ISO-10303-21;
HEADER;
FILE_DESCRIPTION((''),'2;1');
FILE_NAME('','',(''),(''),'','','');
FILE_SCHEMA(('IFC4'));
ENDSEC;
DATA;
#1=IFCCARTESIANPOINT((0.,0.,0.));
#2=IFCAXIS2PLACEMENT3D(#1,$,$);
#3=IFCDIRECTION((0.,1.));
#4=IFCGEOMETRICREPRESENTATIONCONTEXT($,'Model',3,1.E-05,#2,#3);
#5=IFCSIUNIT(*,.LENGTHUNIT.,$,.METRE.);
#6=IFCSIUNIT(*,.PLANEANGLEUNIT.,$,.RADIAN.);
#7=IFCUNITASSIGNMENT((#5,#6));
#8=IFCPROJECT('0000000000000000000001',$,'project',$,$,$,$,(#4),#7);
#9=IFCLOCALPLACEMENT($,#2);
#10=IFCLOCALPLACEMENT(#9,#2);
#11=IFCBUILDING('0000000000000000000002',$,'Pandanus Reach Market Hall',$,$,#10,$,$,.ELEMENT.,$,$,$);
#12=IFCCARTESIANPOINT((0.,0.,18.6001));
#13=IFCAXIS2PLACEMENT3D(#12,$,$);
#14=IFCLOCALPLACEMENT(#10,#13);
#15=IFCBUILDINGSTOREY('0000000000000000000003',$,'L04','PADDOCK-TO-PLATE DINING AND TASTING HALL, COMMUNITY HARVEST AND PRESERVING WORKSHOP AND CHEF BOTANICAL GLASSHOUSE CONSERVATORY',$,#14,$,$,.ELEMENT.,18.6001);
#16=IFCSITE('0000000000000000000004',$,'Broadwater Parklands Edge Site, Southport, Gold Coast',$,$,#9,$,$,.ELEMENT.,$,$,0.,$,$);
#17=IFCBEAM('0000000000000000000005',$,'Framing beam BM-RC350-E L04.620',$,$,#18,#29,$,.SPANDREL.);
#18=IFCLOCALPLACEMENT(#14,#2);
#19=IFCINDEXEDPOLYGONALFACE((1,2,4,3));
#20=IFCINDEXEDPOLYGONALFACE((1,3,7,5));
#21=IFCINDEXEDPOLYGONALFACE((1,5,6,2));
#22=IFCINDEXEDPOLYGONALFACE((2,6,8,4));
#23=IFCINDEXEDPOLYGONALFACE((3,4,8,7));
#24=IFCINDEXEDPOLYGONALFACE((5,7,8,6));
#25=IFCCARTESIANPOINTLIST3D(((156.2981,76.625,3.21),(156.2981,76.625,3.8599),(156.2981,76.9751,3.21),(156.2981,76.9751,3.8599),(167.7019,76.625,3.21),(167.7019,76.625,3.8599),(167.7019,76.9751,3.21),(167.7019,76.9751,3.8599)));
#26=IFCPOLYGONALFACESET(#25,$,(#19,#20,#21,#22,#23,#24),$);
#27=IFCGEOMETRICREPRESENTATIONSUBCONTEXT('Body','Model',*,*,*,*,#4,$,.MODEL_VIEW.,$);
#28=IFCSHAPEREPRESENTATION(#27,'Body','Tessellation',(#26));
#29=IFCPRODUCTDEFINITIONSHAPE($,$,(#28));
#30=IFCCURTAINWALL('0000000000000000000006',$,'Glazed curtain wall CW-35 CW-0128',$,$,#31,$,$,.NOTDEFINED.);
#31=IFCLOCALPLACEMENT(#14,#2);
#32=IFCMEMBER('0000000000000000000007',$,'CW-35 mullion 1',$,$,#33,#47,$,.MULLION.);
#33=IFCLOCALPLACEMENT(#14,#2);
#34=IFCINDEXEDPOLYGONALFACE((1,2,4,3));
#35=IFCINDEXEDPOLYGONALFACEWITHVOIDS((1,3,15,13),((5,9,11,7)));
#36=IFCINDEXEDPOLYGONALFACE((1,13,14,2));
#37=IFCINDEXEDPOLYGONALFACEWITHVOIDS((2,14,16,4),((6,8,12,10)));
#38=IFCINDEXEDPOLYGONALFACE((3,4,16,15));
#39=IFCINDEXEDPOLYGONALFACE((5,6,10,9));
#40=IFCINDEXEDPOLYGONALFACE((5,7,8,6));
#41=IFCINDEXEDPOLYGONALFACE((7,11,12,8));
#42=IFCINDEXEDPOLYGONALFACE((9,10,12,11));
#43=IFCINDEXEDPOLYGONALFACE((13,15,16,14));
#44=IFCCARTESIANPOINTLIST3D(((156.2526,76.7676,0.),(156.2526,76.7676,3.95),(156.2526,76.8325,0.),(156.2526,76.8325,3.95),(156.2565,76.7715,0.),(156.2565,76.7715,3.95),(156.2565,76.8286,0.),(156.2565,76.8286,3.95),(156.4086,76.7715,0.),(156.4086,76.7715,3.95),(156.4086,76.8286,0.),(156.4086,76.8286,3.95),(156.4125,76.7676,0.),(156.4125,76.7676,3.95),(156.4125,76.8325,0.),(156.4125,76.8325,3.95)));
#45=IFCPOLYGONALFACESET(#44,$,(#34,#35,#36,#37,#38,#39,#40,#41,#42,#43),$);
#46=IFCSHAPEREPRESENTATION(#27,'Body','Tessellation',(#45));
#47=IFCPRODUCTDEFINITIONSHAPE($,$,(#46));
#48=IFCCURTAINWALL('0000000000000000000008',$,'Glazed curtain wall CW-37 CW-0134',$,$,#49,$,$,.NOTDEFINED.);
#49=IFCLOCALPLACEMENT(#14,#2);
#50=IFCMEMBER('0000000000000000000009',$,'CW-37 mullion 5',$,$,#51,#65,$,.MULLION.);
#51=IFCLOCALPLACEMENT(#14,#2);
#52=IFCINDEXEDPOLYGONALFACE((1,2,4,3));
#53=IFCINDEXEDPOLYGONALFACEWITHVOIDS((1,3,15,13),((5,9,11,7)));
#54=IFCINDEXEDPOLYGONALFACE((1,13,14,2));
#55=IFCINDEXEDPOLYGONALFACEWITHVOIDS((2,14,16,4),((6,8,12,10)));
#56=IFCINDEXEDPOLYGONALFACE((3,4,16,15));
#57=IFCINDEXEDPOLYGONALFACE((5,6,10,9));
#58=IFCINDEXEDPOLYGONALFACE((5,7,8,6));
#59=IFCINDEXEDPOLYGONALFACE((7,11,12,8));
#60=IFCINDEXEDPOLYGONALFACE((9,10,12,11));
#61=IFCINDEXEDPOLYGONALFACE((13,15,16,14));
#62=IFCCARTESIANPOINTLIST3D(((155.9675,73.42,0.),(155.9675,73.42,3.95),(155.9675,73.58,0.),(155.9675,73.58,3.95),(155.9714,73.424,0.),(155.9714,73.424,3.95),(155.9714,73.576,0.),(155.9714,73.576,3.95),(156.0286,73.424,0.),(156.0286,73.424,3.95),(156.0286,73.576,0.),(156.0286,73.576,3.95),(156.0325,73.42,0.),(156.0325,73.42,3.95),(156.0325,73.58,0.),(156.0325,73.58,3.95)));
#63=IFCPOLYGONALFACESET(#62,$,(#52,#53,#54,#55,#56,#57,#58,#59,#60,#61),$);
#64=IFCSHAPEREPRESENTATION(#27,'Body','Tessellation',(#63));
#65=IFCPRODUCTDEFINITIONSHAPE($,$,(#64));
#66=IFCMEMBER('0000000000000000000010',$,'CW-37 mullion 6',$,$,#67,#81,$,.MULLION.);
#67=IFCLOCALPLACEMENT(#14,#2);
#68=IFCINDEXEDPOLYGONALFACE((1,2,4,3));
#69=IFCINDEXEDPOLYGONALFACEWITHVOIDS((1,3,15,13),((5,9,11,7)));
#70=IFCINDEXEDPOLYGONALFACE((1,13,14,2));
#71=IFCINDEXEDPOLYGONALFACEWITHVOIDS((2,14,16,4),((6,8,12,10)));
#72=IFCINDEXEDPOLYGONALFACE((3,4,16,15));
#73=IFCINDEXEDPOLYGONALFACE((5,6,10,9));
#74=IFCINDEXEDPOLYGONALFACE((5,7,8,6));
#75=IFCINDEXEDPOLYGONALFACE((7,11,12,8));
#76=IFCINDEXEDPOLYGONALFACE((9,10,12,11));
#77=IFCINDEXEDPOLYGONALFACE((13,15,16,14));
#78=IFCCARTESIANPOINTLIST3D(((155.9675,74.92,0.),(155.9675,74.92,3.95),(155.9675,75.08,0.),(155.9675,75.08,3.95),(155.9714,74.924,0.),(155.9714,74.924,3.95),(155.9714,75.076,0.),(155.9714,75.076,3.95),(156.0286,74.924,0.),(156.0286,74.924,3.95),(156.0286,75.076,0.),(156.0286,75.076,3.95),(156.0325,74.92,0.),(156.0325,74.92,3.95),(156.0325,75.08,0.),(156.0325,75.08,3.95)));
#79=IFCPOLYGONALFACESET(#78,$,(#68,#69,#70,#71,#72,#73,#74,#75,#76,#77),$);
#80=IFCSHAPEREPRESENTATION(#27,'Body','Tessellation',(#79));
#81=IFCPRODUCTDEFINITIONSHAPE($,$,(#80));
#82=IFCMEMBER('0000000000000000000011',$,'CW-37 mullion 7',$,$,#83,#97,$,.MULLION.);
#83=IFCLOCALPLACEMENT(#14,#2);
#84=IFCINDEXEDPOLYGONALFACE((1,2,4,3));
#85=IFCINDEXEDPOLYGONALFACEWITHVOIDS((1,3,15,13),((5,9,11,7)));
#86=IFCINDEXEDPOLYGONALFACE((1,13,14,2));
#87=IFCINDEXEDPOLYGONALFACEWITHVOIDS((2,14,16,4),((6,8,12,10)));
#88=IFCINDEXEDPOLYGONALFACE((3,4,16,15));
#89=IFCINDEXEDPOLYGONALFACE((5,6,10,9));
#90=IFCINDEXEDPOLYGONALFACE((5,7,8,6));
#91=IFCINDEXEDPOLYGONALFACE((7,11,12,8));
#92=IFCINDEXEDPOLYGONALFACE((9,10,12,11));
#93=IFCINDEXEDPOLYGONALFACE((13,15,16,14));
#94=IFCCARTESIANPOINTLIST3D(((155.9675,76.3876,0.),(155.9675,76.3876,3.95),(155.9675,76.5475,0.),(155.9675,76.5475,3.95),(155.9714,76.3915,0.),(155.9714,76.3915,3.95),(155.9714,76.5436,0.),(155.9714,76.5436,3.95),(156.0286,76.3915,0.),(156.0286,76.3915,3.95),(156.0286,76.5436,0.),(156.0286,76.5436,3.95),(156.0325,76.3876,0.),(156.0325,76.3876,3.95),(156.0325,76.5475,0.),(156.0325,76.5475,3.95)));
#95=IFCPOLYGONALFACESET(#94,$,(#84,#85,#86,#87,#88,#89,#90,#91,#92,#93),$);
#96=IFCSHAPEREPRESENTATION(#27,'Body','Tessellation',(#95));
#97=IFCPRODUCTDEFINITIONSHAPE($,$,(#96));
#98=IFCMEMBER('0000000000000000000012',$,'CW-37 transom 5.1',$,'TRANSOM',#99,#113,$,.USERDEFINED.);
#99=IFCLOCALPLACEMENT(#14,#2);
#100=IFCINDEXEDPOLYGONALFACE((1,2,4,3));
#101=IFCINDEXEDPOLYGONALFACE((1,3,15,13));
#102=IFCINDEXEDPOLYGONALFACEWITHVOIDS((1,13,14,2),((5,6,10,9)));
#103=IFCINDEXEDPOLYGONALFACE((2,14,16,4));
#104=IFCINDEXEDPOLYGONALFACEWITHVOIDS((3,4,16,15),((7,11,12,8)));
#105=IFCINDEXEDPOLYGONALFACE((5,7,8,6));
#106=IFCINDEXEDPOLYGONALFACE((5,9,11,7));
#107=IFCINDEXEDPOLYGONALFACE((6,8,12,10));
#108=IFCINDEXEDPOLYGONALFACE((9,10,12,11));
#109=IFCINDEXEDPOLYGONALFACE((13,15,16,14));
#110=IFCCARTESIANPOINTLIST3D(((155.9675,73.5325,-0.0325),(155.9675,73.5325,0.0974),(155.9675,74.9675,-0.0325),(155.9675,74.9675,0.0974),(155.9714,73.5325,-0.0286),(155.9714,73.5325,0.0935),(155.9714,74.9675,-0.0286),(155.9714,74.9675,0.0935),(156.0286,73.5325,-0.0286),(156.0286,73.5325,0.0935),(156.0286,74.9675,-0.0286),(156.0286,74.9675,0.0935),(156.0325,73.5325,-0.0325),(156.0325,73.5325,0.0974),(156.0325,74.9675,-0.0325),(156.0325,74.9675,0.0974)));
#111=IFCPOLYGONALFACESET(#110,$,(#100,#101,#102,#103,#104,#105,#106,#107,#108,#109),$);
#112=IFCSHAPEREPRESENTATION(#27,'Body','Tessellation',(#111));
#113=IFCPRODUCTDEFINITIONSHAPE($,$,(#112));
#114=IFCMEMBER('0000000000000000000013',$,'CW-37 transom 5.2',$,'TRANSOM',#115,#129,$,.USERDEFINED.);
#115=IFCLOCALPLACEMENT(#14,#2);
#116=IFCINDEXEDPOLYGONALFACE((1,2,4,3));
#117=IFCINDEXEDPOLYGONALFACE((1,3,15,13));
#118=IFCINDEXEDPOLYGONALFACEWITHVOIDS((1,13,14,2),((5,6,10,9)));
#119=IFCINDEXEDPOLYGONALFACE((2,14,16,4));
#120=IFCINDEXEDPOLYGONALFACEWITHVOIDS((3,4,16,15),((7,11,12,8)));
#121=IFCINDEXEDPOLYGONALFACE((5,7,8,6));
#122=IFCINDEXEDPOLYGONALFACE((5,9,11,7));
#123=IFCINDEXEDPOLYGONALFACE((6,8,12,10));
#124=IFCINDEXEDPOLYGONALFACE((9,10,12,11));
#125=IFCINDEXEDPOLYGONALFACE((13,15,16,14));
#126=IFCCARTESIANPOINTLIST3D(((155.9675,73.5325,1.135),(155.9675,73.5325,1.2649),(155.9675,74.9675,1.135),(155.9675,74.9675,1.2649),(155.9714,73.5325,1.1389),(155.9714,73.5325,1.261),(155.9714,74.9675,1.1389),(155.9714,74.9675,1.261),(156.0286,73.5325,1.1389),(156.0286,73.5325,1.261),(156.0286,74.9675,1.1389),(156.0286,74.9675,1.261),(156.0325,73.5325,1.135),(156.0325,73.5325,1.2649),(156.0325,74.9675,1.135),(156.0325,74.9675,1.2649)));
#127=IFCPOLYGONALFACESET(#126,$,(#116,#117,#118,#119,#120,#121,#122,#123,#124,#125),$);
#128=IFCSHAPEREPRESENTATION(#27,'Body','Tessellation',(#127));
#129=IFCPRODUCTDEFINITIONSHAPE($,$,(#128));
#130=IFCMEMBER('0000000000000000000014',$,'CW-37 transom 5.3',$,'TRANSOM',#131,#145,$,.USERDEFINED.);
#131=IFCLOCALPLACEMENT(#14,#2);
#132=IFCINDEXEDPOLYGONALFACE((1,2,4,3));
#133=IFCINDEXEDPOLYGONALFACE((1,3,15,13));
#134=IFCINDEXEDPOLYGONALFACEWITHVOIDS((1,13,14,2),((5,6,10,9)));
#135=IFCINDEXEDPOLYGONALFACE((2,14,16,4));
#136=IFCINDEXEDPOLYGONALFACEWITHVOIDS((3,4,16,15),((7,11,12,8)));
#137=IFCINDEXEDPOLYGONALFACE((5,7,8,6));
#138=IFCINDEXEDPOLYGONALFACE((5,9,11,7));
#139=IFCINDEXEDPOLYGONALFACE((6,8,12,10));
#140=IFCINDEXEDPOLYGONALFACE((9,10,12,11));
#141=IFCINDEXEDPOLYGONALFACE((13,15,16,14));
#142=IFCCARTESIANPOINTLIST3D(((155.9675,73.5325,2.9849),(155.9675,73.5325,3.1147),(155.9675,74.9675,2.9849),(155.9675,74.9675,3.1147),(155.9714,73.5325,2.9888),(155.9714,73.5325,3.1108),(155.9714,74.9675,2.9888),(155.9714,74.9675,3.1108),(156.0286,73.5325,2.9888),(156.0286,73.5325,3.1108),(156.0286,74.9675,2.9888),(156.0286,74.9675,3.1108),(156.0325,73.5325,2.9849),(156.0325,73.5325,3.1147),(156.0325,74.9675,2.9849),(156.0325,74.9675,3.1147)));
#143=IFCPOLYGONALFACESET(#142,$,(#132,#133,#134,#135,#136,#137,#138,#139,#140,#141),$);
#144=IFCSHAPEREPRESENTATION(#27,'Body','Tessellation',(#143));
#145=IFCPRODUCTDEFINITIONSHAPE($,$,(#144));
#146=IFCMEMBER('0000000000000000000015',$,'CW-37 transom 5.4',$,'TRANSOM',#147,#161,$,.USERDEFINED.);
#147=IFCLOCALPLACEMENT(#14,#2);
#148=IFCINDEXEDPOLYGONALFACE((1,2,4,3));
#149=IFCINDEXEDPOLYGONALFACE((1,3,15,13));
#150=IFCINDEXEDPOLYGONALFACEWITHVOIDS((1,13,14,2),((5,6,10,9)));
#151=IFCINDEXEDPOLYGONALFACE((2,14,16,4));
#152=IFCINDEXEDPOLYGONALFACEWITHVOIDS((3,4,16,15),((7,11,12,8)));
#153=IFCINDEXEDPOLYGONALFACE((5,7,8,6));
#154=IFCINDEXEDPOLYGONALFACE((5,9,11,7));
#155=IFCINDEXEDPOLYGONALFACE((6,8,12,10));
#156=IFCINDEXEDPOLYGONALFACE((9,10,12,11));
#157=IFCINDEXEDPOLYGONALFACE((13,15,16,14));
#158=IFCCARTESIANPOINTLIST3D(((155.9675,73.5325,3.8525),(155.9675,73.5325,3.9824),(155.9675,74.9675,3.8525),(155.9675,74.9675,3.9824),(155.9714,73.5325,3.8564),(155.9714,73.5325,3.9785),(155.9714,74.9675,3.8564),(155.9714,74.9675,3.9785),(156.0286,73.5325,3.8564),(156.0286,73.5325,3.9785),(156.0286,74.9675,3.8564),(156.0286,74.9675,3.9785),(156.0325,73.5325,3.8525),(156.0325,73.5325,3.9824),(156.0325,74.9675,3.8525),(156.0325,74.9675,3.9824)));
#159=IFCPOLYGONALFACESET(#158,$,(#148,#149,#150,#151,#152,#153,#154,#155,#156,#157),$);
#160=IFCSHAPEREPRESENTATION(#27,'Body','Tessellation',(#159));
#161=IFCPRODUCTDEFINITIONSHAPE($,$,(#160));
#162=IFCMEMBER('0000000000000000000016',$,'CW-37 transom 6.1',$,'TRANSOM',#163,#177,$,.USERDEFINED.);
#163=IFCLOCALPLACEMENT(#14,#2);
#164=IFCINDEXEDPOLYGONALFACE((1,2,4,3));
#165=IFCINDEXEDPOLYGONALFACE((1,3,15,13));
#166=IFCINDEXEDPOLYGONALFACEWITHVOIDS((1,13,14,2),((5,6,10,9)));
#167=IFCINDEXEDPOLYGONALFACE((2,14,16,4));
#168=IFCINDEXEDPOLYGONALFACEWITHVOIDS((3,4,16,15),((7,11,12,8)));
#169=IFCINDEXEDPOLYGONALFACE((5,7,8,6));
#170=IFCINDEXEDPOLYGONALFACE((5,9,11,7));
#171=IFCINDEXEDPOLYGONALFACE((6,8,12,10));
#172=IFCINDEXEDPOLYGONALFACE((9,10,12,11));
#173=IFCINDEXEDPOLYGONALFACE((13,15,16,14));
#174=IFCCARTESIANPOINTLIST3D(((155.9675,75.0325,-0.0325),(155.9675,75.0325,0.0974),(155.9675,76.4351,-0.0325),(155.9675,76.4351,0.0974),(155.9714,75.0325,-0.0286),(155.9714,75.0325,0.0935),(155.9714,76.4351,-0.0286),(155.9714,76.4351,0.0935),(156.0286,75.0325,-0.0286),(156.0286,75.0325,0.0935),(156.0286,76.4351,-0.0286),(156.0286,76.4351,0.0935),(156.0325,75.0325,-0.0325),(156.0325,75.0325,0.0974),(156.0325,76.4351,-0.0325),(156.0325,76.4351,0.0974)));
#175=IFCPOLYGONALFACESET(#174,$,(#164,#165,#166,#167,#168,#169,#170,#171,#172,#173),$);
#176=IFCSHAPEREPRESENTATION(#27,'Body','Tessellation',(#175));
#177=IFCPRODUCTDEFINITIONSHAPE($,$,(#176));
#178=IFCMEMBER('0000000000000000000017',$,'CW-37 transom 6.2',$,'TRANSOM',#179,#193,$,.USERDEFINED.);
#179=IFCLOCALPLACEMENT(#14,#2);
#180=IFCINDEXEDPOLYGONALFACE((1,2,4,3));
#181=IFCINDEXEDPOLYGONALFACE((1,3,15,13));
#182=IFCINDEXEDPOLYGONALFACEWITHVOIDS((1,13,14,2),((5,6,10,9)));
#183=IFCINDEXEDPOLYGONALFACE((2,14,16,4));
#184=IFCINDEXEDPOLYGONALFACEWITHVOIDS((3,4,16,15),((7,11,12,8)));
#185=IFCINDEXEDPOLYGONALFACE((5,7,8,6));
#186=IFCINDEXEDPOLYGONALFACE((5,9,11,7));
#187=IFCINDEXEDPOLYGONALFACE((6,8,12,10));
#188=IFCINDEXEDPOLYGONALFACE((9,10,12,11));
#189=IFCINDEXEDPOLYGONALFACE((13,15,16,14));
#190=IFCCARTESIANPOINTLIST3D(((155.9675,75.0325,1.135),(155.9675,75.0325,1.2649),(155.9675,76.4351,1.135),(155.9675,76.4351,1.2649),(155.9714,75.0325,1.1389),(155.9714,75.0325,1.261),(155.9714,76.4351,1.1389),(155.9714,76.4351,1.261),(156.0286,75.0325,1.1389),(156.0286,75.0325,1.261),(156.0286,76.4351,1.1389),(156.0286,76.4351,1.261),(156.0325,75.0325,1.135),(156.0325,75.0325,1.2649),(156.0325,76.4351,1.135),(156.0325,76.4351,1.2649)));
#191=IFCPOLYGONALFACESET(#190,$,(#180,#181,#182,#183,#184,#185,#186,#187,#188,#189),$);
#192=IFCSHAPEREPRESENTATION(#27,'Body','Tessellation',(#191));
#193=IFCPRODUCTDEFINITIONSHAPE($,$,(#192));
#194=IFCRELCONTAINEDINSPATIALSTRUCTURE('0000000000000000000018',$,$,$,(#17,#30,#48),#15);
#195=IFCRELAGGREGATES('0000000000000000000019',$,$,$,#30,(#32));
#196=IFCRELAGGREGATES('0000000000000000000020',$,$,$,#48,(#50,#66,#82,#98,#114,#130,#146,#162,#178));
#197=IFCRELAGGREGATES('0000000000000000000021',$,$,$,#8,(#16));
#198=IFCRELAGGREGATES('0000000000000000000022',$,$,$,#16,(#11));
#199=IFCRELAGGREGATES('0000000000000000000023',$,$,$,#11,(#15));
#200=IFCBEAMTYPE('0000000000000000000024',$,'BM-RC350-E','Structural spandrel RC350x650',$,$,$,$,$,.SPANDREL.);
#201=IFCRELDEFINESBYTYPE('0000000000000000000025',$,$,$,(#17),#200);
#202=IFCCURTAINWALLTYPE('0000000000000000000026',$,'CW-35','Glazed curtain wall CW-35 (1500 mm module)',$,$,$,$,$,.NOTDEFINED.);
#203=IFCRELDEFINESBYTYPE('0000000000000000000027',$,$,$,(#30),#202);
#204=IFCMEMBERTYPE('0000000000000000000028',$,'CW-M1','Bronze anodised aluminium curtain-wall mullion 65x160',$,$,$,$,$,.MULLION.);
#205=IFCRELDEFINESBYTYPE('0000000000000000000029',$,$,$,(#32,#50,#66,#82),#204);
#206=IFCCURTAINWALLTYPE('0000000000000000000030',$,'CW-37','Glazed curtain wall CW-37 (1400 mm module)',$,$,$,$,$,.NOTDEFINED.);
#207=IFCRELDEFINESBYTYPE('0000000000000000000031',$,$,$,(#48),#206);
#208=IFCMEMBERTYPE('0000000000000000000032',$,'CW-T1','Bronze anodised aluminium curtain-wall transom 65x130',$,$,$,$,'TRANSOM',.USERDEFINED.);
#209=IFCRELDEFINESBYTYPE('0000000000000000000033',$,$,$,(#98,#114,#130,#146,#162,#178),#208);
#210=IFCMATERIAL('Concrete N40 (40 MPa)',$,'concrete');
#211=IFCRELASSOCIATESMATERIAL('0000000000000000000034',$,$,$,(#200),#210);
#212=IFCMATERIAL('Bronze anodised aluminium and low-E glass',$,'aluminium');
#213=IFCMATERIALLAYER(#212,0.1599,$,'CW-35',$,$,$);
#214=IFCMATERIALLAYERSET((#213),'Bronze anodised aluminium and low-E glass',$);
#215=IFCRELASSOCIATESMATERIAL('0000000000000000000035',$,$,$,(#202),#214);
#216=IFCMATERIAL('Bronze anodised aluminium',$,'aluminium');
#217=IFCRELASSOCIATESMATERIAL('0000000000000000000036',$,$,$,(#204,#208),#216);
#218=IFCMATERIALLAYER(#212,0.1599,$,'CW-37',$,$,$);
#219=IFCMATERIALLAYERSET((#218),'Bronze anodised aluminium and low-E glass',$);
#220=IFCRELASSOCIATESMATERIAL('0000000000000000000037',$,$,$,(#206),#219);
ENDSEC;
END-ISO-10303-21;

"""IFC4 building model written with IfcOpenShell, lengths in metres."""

from ifc_helpers import new_model, si_unit, direction, frame, origin, origin_2d, place, context, subcontext, project, spatial, rectangle, hollow_rectangle, extrude, material, layer, layer_set, material_profile, profile_set, type_object, element, aggregate, save


model = new_model("IFC4")

# Units and contexts
model_context = context("Model", 3, precision=1e-05, world=origin(), true_north=direction((0.0, 1.0)))
body_context = subcontext(model_context, "Body", "Model", "MODEL_VIEW")
ifc_project = project(units=[si_unit("LENGTHUNIT", "METRE"), si_unit("PLANEANGLEUNIT", "RADIAN")], contexts=[model_context])

# Site, building, storey
site_placement = place(None, origin())
site = spatial("IfcSite", under=ifc_project, at=site_placement, Name="Broadwater Parklands Edge Site, Southport, Gold Coast", CompositionType="ELEMENT", RefElevation=0.0)
building_placement = place(site_placement, origin())
building = spatial("IfcBuilding", under=site, at=building_placement, Name="Pandanus Reach Market Hall", CompositionType="ELEMENT")
storey_placement = place(building_placement, frame((0.0, 0.0, 18.6001)))
storey = spatial("IfcBuildingStorey", under=building, at=storey_placement, Name="L04", Description="PADDOCK-TO-PLATE DINING AND TASTING HALL, COMMUNITY HARVEST AND PRESERVING WORKSHOP AND CHEF BOTANICAL GLASSHOUSE CONSERVATORY", CompositionType="ELEMENT", Elevation=18.6001)

# Beam
ifc_material_1 = material(Name="Concrete N40 (40 MPa)", Category="concrete")
ifc_material_profile_1 = material_profile(ifc_material_1, rectangle(XDim=0.3501, YDim=0.6499, at=origin_2d()), Name="RC350x650", Category="LoadBearing")
ifc_profile_set_1 = profile_set([ifc_material_profile_1], Name="Concrete N40 (40 MPa)")
beam_type = type_object("IfcBeamType", Name="BM-RC350-E", Description="Structural spandrel RC350x650", PredefinedType="SPANDREL", material=ifc_profile_set_1)
beam_placement = place(storey_placement, frame((156.2981, 76.8, 3.5349), z_axis=(1.0, 0.0, 0.0), x_axis=(0.0, 1.0, 0.0)))
element("IfcBeam", 1, at=beam_placement, inside=storey, type_object=beam_type, Name="Framing beam BM-RC350-E L04.620", PredefinedType="SPANDREL", context=body_context, shape_type="SweptSolid", body=[
    extrude(rectangle(XDim=0.3501, YDim=0.6499, at=origin_2d()), origin(), (0.0, 0.0, 1.0), 11.4038),
])

# Curtain wall, member
ifc_material_2 = material(Name="Bronze anodised aluminium and low-E glass", Category="aluminium")
ifc_layer_1 = layer(ifc_material_2, 0.1599, Name="CW-35")
ifc_layer_set_1 = layer_set([ifc_layer_1], Name="Bronze anodised aluminium and low-E glass")
curtain_wall_type_1 = type_object("IfcCurtainWallType", Name="CW-35", Description="Glazed curtain wall CW-35 (1500 mm module)", PredefinedType="NOTDEFINED", material=ifc_layer_set_1)
curtain_wall_1_placement = place(storey_placement, origin())
curtain_wall_1 = element("IfcCurtainWall", 2, at=curtain_wall_1_placement, inside=storey, type_object=curtain_wall_type_1, Name="Glazed curtain wall CW-35 CW-0128", PredefinedType="NOTDEFINED")
ifc_material_3 = material(Name="Bronze anodised aluminium", Category="aluminium")
ifc_material_profile_2 = material_profile(ifc_material_3, hollow_rectangle(XDim=0.0649, YDim=0.1599, WallThickness=0.0039, at=origin_2d()), Name="ALU65x160", Category="LoadBearing")
ifc_profile_set_2 = profile_set([ifc_material_profile_2], Name="Bronze anodised aluminium")
member_type_1 = type_object("IfcMemberType", Name="CW-M1", Description="Bronze anodised aluminium curtain-wall mullion 65x160", PredefinedType="MULLION", material=ifc_profile_set_2)
member_1_placement = place(storey_placement, frame((156.3325, 76.8, 0.0), z_axis=(0.0, 0.0, 1.0), x_axis=(0.0, 1.0, 0.0)))
member_1 = element("IfcMember", 3, at=member_1_placement, type_object=member_type_1, Name="CW-35 mullion 1", PredefinedType="MULLION", context=body_context, shape_type="SweptSolid", body=[
    extrude(hollow_rectangle(XDim=0.0649, YDim=0.1599, WallThickness=0.0039, at=origin_2d()), origin(), (0.0, 0.0, 1.0), 3.95),
])
aggregate(curtain_wall_1, [member_1])

# Curtain wall, members
ifc_layer_2 = layer(ifc_material_2, 0.1599, Name="CW-37")
ifc_layer_set_2 = layer_set([ifc_layer_2], Name="Bronze anodised aluminium and low-E glass")
curtain_wall_type_2 = type_object("IfcCurtainWallType", Name="CW-37", Description="Glazed curtain wall CW-37 (1400 mm module)", PredefinedType="NOTDEFINED", material=ifc_layer_set_2)
curtain_wall_2_placement = place(storey_placement, origin())
curtain_wall_2 = element("IfcCurtainWall", 4, at=curtain_wall_2_placement, inside=storey, type_object=curtain_wall_type_2, Name="Glazed curtain wall CW-37 CW-0134", PredefinedType="NOTDEFINED")
member_2_placement = place(storey_placement, frame((156.0, 73.5, 0.0), z_axis=(0.0, 0.0, 1.0), x_axis=(-1.0, 0.0, 0.0)))
member_2 = element("IfcMember", 5, at=member_2_placement, type_object=member_type_1, Name="CW-37 mullion 5", PredefinedType="MULLION", context=body_context, shape_type="SweptSolid", body=[
    extrude(hollow_rectangle(XDim=0.0649, YDim=0.1599, WallThickness=0.0039, at=origin_2d()), origin(), (0.0, 0.0, 1.0), 3.95),
])
member_3_placement = place(storey_placement, frame((156.0, 75.0, 0.0), z_axis=(0.0, 0.0, 1.0), x_axis=(-1.0, 0.0, 0.0)))
member_3 = element("IfcMember", 6, at=member_3_placement, type_object=member_type_1, Name="CW-37 mullion 6", PredefinedType="MULLION", context=body_context, shape_type="SweptSolid", body=[
    extrude(hollow_rectangle(XDim=0.0649, YDim=0.1599, WallThickness=0.0039, at=origin_2d()), origin(), (0.0, 0.0, 1.0), 3.95),
])
member_4_placement = place(storey_placement, frame((156.0, 76.4675, 0.0), z_axis=(0.0, 0.0, 1.0), x_axis=(-1.0, 0.0, 0.0)))
member_4 = element("IfcMember", 7, at=member_4_placement, type_object=member_type_1, Name="CW-37 mullion 7", PredefinedType="MULLION", context=body_context, shape_type="SweptSolid", body=[
    extrude(hollow_rectangle(XDim=0.0649, YDim=0.1599, WallThickness=0.0039, at=origin_2d()), origin(), (0.0, 0.0, 1.0), 3.95),
])
ifc_material_profile_3 = material_profile(ifc_material_3, hollow_rectangle(XDim=0.0649, YDim=0.1299, WallThickness=0.0039, at=origin_2d()), Name="ALU65x130", Category="LoadBearing")
ifc_profile_set_3 = profile_set([ifc_material_profile_3], Name="Bronze anodised aluminium")
member_type_2 = type_object("IfcMemberType", Name="CW-T1", Description="Bronze anodised aluminium curtain-wall transom 65x130", ElementType="TRANSOM", PredefinedType="USERDEFINED", material=ifc_profile_set_3)
member_5_placement = place(storey_placement, frame((156.0, 73.5325, 0.0325), z_axis=(0.0, 1.0, 0.0), x_axis=(-1.0, 0.0, 0.0)))
member_5 = element("IfcMember", 8, at=member_5_placement, type_object=member_type_2, Name="CW-37 transom 5.1", ObjectType="TRANSOM", PredefinedType="USERDEFINED", context=body_context, shape_type="SweptSolid", body=[
    extrude(hollow_rectangle(XDim=0.0649, YDim=0.1299, WallThickness=0.0039, at=origin_2d()), origin(), (0.0, 0.0, 1.0), 1.4351),
])
member_6_placement = place(storey_placement, frame((156.0, 73.5325, 1.2), z_axis=(0.0, 1.0, 0.0), x_axis=(-1.0, 0.0, 0.0)))
member_6 = element("IfcMember", 9, at=member_6_placement, type_object=member_type_2, Name="CW-37 transom 5.2", ObjectType="TRANSOM", PredefinedType="USERDEFINED", context=body_context, shape_type="SweptSolid", body=[
    extrude(hollow_rectangle(XDim=0.0649, YDim=0.1299, WallThickness=0.0039, at=origin_2d()), origin(), (0.0, 0.0, 1.0), 1.4351),
])
member_7_placement = place(storey_placement, frame((156.0, 73.5325, 3.0498), z_axis=(0.0, 1.0, 0.0), x_axis=(-1.0, 0.0, 0.0)))
member_7 = element("IfcMember", 10, at=member_7_placement, type_object=member_type_2, Name="CW-37 transom 5.3", ObjectType="TRANSOM", PredefinedType="USERDEFINED", context=body_context, shape_type="SweptSolid", body=[
    extrude(hollow_rectangle(XDim=0.0649, YDim=0.1299, WallThickness=0.0039, at=origin_2d()), origin(), (0.0, 0.0, 1.0), 1.4351),
])
member_8_placement = place(storey_placement, frame((156.0, 73.5325, 3.9175), z_axis=(0.0, 1.0, 0.0), x_axis=(-1.0, 0.0, 0.0)))
member_8 = element("IfcMember", 11, at=member_8_placement, type_object=member_type_2, Name="CW-37 transom 5.4", ObjectType="TRANSOM", PredefinedType="USERDEFINED", context=body_context, shape_type="SweptSolid", body=[
    extrude(hollow_rectangle(XDim=0.0649, YDim=0.1299, WallThickness=0.0039, at=origin_2d()), origin(), (0.0, 0.0, 1.0), 1.4351),
])
member_9_placement = place(storey_placement, frame((156.0, 75.0325, 0.0325), z_axis=(0.0, 1.0, 0.0), x_axis=(-1.0, 0.0, 0.0)))
member_9 = element("IfcMember", 12, at=member_9_placement, type_object=member_type_2, Name="CW-37 transom 6.1", ObjectType="TRANSOM", PredefinedType="USERDEFINED", context=body_context, shape_type="SweptSolid", body=[
    extrude(hollow_rectangle(XDim=0.0649, YDim=0.1299, WallThickness=0.0039, at=origin_2d()), origin(), (0.0, 0.0, 1.0), 1.4026),
])
member_10_placement = place(storey_placement, frame((156.0, 75.0325, 1.2), z_axis=(0.0, 1.0, 0.0), x_axis=(-1.0, 0.0, 0.0)))
member_10 = element("IfcMember", 13, at=member_10_placement, type_object=member_type_2, Name="CW-37 transom 6.2", ObjectType="TRANSOM", PredefinedType="USERDEFINED", context=body_context, shape_type="SweptSolid", body=[
    extrude(hollow_rectangle(XDim=0.0649, YDim=0.1299, WallThickness=0.0039, at=origin_2d()), origin(), (0.0, 0.0, 1.0), 1.4026),
])
aggregate(curtain_wall_2, [member_2, member_3, member_4, member_5, member_6, member_7, member_8, member_9, member_10])

save(model, "model.ifc")
